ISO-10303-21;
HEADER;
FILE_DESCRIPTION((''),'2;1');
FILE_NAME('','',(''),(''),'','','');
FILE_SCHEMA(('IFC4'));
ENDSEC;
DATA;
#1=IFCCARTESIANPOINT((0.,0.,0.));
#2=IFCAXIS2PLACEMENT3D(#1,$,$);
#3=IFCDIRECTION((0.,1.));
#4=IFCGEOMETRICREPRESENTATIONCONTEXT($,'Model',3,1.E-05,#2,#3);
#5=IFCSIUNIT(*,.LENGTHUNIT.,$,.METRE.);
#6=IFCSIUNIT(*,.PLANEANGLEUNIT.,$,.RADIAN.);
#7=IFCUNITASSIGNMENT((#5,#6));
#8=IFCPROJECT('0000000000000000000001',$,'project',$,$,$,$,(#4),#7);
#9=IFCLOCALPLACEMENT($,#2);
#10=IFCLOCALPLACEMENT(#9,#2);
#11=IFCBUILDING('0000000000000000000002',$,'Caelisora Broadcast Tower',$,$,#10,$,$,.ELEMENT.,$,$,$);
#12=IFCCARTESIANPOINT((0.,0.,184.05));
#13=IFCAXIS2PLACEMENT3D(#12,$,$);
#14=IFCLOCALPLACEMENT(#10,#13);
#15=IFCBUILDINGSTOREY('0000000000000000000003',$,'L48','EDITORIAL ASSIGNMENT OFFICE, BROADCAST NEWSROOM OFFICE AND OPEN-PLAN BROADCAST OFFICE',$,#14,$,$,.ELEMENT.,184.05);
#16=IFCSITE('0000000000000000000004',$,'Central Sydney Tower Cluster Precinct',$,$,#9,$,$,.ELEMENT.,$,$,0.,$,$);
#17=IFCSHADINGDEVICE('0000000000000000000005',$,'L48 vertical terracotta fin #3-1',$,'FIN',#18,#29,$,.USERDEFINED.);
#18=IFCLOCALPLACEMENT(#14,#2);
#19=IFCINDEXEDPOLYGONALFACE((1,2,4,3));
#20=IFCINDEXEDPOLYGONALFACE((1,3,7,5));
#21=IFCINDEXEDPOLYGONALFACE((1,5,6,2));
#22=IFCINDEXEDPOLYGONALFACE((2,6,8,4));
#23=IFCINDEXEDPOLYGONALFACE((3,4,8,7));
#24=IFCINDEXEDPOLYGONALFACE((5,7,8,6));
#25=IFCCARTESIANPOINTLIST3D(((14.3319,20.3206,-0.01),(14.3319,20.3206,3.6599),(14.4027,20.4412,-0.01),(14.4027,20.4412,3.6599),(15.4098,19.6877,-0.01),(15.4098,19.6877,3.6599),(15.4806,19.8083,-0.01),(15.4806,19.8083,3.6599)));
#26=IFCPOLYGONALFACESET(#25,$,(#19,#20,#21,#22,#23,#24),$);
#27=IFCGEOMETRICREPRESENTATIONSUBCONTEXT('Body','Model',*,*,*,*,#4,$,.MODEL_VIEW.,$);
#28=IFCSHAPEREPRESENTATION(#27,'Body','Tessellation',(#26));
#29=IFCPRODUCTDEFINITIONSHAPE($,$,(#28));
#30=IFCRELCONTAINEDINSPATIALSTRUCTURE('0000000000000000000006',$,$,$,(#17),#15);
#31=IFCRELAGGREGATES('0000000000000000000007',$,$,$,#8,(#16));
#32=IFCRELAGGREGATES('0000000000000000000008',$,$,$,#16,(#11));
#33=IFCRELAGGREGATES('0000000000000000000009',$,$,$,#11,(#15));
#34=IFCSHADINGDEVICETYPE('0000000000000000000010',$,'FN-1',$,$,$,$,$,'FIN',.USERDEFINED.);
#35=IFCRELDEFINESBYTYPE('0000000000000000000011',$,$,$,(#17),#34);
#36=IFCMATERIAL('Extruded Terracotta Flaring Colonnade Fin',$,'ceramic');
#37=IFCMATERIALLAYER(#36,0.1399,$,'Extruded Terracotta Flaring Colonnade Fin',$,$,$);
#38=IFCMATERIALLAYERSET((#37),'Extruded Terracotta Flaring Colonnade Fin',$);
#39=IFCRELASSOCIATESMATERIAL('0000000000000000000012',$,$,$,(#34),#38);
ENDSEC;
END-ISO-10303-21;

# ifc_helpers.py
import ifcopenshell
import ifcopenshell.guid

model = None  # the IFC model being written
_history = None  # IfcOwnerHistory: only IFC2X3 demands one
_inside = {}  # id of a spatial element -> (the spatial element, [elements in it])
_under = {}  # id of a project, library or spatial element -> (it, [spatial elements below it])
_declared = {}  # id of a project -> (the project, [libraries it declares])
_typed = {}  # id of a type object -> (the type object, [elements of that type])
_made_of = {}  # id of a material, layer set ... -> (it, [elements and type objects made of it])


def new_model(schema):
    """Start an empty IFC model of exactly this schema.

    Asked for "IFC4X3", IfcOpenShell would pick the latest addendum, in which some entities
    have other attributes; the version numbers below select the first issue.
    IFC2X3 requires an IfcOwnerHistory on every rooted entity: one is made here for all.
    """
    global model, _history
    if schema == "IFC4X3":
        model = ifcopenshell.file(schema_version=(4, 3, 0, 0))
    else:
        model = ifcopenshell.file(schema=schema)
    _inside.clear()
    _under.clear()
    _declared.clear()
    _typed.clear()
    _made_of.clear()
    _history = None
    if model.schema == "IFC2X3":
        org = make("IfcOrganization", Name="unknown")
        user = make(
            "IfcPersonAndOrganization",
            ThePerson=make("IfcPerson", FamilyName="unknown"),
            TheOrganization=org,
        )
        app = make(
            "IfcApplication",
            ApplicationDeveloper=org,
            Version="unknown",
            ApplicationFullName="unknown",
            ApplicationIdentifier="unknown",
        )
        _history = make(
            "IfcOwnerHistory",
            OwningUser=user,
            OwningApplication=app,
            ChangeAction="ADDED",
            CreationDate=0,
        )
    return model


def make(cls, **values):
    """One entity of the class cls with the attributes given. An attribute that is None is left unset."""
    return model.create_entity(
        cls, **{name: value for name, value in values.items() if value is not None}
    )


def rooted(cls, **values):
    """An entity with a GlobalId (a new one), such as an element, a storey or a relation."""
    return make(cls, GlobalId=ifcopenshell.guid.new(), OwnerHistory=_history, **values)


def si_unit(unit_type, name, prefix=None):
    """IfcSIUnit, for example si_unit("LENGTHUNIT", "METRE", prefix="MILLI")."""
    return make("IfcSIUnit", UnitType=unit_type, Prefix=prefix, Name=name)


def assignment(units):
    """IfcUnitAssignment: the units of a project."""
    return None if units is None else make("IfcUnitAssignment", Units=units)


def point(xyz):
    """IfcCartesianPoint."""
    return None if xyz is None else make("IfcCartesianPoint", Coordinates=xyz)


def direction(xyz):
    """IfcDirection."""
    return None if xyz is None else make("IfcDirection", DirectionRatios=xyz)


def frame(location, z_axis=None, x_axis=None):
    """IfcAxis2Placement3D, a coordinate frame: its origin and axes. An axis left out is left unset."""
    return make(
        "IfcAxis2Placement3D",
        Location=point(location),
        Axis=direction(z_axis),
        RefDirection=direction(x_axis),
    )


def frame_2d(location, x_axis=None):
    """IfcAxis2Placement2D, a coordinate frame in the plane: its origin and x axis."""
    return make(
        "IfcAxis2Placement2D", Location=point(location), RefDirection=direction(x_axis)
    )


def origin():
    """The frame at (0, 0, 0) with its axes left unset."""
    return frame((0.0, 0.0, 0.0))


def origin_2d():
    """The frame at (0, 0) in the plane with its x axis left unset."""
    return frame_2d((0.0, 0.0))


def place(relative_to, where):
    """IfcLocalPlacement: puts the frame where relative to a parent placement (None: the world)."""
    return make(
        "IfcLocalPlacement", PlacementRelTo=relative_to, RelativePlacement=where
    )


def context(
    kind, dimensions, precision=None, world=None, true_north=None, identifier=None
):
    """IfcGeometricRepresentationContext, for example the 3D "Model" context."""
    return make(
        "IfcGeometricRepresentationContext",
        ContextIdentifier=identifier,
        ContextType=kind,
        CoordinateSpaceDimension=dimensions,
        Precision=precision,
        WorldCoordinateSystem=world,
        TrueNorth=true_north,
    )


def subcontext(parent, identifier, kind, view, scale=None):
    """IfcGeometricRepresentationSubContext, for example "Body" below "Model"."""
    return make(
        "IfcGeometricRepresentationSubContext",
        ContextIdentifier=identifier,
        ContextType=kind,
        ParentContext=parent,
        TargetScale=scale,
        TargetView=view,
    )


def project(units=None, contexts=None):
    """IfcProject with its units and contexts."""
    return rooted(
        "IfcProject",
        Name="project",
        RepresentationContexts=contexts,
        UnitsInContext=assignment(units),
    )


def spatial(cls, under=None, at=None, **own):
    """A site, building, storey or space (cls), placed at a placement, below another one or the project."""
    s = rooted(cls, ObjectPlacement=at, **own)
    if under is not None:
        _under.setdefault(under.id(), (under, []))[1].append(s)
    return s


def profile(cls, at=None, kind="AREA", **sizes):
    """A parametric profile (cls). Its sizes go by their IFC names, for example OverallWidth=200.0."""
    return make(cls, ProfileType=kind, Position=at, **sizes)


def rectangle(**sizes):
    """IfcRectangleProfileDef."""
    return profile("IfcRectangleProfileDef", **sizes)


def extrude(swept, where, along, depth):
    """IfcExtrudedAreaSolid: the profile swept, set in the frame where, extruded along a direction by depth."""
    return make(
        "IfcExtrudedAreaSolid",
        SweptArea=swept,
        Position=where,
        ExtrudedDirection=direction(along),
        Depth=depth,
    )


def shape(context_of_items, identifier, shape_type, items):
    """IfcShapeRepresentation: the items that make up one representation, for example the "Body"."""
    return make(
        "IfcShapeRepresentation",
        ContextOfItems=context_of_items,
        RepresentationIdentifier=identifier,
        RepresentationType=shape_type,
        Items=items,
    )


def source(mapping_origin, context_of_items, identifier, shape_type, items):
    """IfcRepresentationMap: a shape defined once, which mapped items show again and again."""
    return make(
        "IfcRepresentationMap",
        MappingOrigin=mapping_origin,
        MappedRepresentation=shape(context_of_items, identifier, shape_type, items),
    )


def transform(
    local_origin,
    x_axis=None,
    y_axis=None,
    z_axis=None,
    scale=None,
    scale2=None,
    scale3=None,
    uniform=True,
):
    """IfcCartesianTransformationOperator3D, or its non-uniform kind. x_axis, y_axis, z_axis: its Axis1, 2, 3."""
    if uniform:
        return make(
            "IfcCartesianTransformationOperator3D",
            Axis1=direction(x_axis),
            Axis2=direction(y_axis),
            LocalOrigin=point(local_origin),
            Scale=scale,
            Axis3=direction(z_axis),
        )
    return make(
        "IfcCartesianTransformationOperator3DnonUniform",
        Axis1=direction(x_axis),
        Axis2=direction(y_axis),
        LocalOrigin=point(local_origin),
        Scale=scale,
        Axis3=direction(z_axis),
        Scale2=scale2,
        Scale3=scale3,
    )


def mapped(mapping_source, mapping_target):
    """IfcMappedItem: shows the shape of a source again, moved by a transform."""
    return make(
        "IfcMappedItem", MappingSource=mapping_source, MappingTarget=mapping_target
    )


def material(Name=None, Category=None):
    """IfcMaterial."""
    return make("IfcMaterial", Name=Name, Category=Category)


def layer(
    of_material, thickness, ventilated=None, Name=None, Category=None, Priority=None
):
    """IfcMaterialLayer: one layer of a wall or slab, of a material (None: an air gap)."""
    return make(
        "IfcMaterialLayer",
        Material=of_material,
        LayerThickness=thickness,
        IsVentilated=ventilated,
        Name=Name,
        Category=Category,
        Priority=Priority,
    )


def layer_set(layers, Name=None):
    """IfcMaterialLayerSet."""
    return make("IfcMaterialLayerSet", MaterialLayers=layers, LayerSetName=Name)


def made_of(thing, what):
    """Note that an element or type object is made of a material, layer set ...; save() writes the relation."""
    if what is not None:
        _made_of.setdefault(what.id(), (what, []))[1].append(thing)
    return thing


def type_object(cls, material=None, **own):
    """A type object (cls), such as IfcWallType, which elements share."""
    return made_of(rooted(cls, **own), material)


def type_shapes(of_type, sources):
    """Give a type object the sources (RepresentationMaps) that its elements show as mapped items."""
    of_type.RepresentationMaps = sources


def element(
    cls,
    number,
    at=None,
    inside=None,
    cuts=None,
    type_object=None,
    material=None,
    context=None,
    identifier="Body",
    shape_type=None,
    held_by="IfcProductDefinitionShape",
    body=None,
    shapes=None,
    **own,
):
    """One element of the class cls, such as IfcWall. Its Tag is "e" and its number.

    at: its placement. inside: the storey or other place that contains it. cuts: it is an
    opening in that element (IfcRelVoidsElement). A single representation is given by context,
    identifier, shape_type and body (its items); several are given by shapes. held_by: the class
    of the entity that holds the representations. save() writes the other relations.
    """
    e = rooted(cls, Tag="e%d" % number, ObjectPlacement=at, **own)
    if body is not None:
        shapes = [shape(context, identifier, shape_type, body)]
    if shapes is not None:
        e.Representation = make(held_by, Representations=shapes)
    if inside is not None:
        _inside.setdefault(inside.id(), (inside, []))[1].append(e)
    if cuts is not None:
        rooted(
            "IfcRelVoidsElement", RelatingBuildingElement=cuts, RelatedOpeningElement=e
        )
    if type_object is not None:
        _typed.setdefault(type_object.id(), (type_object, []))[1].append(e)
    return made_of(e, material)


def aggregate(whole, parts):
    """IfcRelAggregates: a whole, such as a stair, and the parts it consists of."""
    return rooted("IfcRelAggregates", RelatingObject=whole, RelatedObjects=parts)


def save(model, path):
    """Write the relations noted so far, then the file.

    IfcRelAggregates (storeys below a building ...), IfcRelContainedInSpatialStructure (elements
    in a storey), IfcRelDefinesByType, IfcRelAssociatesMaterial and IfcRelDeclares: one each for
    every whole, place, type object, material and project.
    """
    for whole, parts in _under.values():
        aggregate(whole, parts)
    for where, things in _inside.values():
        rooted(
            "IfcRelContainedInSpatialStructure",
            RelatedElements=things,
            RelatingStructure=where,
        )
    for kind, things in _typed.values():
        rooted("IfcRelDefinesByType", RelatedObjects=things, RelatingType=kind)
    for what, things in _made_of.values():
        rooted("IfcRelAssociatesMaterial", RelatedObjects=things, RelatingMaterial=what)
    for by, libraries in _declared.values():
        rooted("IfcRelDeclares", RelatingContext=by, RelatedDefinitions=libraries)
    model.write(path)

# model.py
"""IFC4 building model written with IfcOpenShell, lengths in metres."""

from ifc_helpers import new_model, si_unit, direction, frame, origin, origin_2d, place, context, subcontext, project, spatial, rectangle, extrude, source, transform, mapped, material, layer, layer_set, type_object, type_shapes, element, save


model = new_model("IFC4")

# Units and contexts
model_context = context("Model", 3, precision=1e-05, world=origin(), true_north=direction((0.0, 1.0)))
body_context = subcontext(model_context, "Body", "Model", "MODEL_VIEW")
ifc_project = project(units=[si_unit("LENGTHUNIT", "METRE"), si_unit("PLANEANGLEUNIT", "RADIAN")], contexts=[model_context])

# Site, building, storey
site_placement = place(None, origin())
site = spatial("IfcSite", under=ifc_project, at=site_placement, Name="Central Sydney Tower Cluster Precinct", CompositionType="ELEMENT", RefElevation=0.0)
building_placement = place(site_placement, origin())
building = spatial("IfcBuilding", under=site, at=building_placement, Name="Caelisora Broadcast Tower", CompositionType="ELEMENT")
storey_placement = place(building_placement, frame((0.0, 0.0, 184.05)))
storey = spatial("IfcBuildingStorey", under=building, at=storey_placement, Name="L48", Description="EDITORIAL ASSIGNMENT OFFICE, BROADCAST NEWSROOM OFFICE AND OPEN-PLAN BROADCAST OFFICE", CompositionType="ELEMENT", Elevation=184.05)

# Shading device
ifc_material_1 = material(Name="Extruded Terracotta Flaring Colonnade Fin", Category="ceramic")
ifc_layer_1 = layer(ifc_material_1, 0.1399, Name="Extruded Terracotta Flaring Colonnade Fin")
ifc_layer_set_1 = layer_set([ifc_layer_1], Name="Extruded Terracotta Flaring Colonnade Fin")
shading_device_type = type_object("IfcShadingDeviceType", Name="FN-1", ElementType="FIN", PredefinedType="USERDEFINED", material=ifc_layer_set_1)
shared_shape_1 = source(origin(), body_context, "Body", "SweptSolid", [
    extrude(rectangle(XDim=0.1399, YDim=1.25, at=origin_2d()), origin(), (0.0, 0.0, 1.0), 3.6699),
])
type_shapes(shading_device_type, [shared_shape_1])
shading_device_placement = place(storey_placement, frame((14.9062, 20.0645, -0.01), z_axis=(0.0, 0.0, 1.0), x_axis=(0.506335, 0.862337, 0.0)))
element("IfcShadingDevice", 1, at=shading_device_placement, inside=storey, type_object=shading_device_type, Name="L48 vertical terracotta fin #3-1", ObjectType="FIN", PredefinedType="USERDEFINED", context=body_context, shape_type="MappedRepresentation", body=[
    mapped(shared_shape_1, transform((0.0, 0.0, 0.0), scale=1.0)),
])

save(model, "model.ifc")
